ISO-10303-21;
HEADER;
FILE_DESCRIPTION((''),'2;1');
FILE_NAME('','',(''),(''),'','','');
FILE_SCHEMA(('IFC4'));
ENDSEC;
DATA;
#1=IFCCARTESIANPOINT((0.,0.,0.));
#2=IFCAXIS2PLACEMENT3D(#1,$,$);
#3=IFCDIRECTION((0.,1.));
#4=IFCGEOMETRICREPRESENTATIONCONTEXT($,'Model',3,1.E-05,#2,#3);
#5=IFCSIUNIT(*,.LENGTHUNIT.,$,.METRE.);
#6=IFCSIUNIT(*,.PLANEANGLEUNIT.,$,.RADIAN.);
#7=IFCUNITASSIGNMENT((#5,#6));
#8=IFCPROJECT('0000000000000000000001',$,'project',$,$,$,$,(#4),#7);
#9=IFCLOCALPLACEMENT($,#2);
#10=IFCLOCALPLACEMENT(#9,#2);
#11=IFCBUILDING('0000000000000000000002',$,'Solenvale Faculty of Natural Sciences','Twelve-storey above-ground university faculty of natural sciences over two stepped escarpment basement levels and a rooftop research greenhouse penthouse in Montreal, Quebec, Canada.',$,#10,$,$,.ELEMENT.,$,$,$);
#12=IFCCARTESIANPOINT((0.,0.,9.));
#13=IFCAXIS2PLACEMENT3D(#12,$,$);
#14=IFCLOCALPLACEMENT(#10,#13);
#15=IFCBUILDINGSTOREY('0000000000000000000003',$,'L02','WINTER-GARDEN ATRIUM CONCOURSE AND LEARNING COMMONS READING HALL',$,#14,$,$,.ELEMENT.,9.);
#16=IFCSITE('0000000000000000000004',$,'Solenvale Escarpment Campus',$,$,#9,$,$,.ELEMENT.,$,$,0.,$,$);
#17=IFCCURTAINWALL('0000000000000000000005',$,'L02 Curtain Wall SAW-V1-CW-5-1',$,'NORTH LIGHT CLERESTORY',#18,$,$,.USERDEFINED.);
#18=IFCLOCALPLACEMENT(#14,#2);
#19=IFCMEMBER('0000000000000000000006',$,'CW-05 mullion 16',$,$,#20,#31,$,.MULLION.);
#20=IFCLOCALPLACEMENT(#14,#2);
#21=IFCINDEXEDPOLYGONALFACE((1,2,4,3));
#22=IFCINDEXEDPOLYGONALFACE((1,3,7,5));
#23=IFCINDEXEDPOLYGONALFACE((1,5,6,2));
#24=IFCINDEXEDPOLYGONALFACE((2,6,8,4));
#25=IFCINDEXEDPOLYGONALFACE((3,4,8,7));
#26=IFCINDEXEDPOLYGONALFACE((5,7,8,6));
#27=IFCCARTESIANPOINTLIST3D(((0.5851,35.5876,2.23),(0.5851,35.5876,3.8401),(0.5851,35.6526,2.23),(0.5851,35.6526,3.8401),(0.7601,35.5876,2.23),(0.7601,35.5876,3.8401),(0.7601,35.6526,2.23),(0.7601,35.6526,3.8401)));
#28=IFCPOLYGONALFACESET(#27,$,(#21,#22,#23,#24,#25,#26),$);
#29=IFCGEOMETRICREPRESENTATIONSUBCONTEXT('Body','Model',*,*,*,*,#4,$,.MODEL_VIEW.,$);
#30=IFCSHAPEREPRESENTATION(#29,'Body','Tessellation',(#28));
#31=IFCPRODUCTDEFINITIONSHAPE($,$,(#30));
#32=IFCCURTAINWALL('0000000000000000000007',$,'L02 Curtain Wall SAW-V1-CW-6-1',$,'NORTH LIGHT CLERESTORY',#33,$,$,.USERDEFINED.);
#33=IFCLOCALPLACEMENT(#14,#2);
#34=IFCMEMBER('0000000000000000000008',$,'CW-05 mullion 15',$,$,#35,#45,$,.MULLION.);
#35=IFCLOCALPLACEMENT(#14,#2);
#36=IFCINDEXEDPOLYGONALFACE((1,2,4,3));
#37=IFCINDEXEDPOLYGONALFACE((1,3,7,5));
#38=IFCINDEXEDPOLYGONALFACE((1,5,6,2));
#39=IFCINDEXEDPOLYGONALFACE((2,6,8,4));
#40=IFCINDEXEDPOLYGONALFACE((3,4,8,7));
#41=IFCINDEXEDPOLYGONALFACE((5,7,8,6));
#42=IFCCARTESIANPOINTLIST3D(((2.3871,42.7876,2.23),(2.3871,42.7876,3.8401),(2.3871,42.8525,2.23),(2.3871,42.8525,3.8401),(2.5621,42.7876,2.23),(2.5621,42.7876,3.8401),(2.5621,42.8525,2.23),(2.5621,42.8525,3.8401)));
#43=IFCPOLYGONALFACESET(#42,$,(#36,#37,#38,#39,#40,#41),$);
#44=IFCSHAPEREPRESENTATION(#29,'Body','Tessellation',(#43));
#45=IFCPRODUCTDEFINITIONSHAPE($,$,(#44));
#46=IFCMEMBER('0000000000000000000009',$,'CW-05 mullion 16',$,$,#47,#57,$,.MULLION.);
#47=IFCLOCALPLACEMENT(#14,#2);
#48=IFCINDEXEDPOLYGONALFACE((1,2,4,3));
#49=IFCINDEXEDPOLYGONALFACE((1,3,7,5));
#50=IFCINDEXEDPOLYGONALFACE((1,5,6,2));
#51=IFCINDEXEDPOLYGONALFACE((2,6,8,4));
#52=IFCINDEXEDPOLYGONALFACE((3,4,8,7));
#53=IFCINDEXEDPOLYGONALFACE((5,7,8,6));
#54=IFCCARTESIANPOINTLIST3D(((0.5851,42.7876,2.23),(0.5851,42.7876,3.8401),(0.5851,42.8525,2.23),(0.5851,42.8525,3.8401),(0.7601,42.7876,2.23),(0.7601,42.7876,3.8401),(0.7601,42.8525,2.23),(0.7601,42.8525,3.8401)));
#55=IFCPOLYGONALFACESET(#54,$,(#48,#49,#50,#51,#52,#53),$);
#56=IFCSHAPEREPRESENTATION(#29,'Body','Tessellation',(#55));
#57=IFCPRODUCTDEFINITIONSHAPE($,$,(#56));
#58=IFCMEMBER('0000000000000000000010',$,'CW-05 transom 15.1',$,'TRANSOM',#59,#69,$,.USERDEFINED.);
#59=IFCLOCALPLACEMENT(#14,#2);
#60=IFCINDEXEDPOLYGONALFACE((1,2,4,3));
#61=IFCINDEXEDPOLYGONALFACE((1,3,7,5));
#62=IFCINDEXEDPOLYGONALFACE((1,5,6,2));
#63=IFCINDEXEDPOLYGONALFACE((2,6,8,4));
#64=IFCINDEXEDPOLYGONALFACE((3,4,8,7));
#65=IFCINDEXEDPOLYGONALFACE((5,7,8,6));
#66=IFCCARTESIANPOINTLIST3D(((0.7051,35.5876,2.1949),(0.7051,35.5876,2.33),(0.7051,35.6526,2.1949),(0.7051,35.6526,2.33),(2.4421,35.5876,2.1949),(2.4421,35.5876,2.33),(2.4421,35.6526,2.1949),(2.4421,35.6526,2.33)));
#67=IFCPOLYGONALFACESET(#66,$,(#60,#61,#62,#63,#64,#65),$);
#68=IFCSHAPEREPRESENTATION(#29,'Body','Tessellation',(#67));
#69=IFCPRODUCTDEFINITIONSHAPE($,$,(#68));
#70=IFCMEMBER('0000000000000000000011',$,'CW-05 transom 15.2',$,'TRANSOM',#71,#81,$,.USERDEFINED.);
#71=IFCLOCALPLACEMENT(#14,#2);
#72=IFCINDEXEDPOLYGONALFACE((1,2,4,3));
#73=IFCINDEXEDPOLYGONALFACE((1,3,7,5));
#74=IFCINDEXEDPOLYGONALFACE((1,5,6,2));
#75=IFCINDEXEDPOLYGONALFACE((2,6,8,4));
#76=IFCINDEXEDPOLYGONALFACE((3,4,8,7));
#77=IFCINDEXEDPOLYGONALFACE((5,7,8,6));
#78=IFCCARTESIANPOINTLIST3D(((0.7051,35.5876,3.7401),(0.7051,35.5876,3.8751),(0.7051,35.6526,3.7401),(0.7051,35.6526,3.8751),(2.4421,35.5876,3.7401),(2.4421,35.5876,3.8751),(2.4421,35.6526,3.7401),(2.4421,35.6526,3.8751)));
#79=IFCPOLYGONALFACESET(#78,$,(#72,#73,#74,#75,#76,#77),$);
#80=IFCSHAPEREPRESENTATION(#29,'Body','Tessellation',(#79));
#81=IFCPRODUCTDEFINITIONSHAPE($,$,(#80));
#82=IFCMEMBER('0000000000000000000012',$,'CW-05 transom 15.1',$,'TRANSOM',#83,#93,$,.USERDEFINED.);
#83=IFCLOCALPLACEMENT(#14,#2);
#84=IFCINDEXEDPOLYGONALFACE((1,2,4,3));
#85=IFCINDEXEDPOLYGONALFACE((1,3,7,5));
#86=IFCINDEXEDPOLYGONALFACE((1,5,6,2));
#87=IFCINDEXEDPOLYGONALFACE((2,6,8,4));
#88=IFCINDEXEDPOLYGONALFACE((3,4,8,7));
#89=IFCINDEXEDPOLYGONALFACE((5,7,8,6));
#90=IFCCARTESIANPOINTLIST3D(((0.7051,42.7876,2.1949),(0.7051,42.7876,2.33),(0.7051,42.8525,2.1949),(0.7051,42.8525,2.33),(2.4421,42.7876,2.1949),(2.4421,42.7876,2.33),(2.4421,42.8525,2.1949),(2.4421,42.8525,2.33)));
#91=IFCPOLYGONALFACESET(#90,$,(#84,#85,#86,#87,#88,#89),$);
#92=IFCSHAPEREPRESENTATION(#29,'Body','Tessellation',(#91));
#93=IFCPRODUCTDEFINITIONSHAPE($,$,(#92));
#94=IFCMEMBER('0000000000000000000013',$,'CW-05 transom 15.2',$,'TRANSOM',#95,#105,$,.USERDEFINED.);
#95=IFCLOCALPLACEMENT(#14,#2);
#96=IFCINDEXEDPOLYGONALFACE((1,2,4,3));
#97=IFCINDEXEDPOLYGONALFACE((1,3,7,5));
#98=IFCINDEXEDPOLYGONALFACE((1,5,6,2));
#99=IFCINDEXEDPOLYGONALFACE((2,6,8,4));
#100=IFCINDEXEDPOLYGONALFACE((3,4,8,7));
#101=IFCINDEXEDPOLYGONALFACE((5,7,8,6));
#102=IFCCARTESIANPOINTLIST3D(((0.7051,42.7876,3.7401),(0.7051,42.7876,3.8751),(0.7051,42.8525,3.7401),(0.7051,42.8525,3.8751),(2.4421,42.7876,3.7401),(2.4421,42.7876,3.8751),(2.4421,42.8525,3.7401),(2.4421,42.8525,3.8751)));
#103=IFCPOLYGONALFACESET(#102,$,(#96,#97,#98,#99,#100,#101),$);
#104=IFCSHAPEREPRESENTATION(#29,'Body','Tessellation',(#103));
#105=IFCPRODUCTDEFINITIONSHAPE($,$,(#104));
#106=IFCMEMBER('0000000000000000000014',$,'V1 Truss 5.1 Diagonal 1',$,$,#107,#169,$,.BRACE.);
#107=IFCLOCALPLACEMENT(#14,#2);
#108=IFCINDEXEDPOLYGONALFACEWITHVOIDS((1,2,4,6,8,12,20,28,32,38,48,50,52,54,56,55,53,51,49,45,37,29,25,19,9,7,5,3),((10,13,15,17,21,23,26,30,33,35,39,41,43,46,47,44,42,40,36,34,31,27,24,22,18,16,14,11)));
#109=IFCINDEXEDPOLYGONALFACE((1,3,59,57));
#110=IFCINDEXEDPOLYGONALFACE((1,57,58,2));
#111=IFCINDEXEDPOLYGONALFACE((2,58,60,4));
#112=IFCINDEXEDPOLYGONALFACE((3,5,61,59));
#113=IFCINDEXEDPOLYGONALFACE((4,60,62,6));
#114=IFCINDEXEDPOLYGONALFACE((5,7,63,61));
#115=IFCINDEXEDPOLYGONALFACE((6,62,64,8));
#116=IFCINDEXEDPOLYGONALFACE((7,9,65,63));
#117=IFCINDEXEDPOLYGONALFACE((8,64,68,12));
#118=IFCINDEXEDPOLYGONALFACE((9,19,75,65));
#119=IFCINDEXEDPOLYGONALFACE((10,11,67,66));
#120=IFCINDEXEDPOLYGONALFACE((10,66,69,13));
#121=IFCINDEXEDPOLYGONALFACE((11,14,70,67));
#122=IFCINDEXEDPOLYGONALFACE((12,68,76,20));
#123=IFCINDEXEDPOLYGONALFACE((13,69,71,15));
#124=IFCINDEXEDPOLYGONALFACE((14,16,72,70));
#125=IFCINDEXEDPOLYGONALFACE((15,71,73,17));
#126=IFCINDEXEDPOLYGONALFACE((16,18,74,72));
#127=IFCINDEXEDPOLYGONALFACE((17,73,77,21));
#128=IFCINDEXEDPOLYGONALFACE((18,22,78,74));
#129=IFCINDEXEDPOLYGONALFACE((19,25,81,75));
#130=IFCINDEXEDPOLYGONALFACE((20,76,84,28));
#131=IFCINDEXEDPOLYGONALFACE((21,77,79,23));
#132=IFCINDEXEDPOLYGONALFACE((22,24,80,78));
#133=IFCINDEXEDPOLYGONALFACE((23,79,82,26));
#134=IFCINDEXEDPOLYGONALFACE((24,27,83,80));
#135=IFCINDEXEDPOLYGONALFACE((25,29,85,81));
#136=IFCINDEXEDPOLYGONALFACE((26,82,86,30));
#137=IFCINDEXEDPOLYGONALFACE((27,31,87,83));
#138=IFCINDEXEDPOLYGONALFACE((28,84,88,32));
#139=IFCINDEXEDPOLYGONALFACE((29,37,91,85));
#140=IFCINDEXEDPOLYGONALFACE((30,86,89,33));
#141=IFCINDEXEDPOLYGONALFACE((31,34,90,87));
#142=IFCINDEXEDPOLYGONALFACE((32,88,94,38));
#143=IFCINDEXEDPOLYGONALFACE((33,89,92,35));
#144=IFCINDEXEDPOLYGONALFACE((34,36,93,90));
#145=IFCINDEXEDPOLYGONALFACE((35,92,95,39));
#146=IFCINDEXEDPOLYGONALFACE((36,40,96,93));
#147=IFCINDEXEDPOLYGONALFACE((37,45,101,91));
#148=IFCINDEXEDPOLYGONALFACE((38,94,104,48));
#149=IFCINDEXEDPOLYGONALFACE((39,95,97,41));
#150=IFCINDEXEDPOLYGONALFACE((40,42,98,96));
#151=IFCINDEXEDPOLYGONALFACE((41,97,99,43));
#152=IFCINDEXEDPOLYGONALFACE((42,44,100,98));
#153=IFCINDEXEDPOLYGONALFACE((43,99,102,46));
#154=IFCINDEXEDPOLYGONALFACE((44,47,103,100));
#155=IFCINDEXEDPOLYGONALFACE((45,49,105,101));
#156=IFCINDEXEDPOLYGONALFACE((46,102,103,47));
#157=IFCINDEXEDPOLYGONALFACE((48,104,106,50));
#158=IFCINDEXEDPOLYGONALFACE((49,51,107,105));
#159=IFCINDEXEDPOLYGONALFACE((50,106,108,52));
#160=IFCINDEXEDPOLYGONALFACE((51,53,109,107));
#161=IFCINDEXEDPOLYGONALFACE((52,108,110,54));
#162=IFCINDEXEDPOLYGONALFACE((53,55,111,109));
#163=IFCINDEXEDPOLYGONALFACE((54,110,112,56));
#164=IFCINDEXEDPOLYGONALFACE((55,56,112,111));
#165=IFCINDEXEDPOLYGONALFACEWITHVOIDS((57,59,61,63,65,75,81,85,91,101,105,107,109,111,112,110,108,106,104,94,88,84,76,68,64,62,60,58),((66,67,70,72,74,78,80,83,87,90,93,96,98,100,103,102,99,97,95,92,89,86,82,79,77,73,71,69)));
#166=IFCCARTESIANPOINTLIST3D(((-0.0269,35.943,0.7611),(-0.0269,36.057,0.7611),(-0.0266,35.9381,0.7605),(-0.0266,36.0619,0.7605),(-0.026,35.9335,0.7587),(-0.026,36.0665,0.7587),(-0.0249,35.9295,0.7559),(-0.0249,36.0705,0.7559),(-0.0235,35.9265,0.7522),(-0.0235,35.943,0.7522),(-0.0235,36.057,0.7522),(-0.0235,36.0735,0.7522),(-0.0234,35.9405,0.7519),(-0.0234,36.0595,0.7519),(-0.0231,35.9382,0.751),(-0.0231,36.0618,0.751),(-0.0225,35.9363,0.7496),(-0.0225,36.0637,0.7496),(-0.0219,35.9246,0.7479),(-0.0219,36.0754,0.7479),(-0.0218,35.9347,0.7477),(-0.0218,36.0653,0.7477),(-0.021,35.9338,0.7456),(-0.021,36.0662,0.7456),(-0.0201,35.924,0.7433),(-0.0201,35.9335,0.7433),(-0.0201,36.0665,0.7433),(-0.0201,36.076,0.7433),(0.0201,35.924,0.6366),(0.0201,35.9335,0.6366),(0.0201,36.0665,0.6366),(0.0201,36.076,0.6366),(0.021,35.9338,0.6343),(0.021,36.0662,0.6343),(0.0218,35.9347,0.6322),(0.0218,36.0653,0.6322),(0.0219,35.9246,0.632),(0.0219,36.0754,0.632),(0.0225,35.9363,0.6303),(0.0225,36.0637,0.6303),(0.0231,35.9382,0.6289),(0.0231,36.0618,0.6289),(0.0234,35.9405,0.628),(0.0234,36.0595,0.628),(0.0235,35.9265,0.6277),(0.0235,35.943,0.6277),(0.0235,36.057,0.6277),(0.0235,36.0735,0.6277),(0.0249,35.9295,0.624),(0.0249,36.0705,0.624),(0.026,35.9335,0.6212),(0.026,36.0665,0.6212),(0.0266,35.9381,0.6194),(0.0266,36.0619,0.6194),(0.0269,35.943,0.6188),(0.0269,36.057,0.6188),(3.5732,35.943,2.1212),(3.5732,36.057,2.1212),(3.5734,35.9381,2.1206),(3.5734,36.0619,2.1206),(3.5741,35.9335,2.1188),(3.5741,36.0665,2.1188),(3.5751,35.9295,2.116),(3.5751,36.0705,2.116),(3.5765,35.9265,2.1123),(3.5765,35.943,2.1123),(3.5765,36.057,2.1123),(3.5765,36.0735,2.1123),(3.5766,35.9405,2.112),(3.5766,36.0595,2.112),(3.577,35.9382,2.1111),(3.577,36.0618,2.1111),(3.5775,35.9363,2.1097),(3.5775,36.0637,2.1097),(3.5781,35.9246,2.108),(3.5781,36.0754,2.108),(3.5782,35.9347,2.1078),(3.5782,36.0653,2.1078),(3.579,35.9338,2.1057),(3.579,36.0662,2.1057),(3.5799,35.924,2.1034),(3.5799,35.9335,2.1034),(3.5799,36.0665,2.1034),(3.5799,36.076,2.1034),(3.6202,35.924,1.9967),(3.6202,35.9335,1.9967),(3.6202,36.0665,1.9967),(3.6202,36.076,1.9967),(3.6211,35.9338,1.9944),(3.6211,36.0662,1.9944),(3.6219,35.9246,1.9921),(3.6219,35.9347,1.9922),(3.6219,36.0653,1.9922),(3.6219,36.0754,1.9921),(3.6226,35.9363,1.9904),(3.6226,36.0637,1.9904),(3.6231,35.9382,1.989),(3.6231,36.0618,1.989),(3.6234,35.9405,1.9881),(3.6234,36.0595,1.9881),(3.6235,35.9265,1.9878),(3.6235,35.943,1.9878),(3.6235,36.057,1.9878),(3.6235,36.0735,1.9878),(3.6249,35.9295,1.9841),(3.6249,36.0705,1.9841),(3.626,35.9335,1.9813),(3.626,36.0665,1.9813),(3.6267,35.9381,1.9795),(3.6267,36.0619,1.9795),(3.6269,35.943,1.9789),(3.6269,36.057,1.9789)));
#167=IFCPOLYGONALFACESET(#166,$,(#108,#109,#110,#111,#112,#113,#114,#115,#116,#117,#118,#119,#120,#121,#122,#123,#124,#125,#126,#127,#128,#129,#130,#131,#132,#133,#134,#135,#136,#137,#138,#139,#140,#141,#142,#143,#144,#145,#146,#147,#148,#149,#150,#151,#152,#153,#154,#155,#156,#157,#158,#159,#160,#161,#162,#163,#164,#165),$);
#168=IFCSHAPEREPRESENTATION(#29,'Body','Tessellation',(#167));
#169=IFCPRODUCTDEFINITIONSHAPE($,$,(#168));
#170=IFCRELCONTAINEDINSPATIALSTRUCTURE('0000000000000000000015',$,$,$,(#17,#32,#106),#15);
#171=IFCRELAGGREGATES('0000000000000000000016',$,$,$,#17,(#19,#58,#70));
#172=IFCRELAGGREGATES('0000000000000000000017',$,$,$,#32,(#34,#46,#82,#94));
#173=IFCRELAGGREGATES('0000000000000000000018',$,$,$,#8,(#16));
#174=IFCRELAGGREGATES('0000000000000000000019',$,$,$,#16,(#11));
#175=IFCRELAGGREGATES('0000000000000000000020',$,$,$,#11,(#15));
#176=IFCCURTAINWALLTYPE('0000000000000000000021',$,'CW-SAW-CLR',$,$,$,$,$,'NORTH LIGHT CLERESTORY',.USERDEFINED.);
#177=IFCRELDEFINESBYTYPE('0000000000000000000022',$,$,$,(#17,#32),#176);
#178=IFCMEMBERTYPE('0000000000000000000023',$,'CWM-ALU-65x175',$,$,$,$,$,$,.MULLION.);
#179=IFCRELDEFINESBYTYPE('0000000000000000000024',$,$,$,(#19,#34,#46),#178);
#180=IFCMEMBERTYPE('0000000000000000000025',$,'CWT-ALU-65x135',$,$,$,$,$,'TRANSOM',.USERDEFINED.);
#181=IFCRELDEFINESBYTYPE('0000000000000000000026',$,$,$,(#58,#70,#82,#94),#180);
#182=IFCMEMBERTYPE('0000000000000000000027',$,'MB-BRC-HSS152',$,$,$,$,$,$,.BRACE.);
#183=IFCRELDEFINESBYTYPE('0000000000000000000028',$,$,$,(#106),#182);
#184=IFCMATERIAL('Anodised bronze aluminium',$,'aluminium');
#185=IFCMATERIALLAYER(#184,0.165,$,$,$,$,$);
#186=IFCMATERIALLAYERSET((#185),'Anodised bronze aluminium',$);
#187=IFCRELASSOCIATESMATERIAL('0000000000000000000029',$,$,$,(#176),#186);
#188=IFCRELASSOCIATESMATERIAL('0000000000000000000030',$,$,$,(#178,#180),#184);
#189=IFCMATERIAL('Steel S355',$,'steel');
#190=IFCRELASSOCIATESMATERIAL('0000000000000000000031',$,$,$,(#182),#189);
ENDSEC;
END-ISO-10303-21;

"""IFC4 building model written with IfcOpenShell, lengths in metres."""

from ifc_helpers import new_model, si_unit, direction, frame, origin, origin_2d, place, context, subcontext, project, spatial, rectangle, hollow_rectangle, extrude, material, layer, layer_set, material_profile, profile_set, type_object, element, aggregate, save


model = new_model("IFC4")

# Units and contexts
model_context = context("Model", 3, precision=1e-05, world=origin(), true_north=direction((0.0, 1.0)))
body_context = subcontext(model_context, "Body", "Model", "MODEL_VIEW")
ifc_project = project(units=[si_unit("LENGTHUNIT", "METRE"), si_unit("PLANEANGLEUNIT", "RADIAN")], contexts=[model_context])

# Site, building, storey
site_placement = place(None, origin())
site = spatial("IfcSite", under=ifc_project, at=site_placement, Name="Solenvale Escarpment Campus", CompositionType="ELEMENT", RefElevation=0.0)
building_placement = place(site_placement, origin())
building = spatial("IfcBuilding", under=site, at=building_placement, Name="Solenvale Faculty of Natural Sciences", Description="Twelve-storey above-ground university faculty of natural sciences over two stepped escarpment basement levels and a rooftop research greenhouse penthouse in Montreal, Quebec, Canada.", CompositionType="ELEMENT")
storey_placement = place(building_placement, frame((0.0, 0.0, 9.0)))
storey = spatial("IfcBuildingStorey", under=building, at=storey_placement, Name="L02", Description="WINTER-GARDEN ATRIUM CONCOURSE AND LEARNING COMMONS READING HALL", CompositionType="ELEMENT", Elevation=9.0)

# Shared definitions
ifc_material_1 = material(Name="Steel S355", Category="steel")

# Curtain walls, members
ifc_material_2 = material(Name="Anodised bronze aluminium", Category="aluminium")
ifc_layer_1 = layer(ifc_material_2, 0.165)
ifc_layer_set_1 = layer_set([ifc_layer_1], Name="Anodised bronze aluminium")
curtain_wall_type = type_object("IfcCurtainWallType", Name="CW-SAW-CLR", ElementType="NORTH LIGHT CLERESTORY", PredefinedType="USERDEFINED", material=ifc_layer_set_1)
curtain_wall_1_placement = place(storey_placement, origin())
curtain_wall_1 = element("IfcCurtainWall", 1, at=curtain_wall_1_placement, inside=storey, type_object=curtain_wall_type, Name="L02 Curtain Wall SAW-V1-CW-5-1", ObjectType="NORTH LIGHT CLERESTORY", PredefinedType="USERDEFINED")
ifc_material_profile_1 = material_profile(ifc_material_2, rectangle(XDim=0.0649, YDim=0.175, at=origin_2d()), Name="ALU-MUL-65x175")
ifc_profile_set_1 = profile_set([ifc_material_profile_1], Name="Anodised bronze aluminium")
member_type_1 = type_object("IfcMemberType", Name="CWM-ALU-65x175", PredefinedType="MULLION", material=ifc_profile_set_1)
member_1_placement = place(storey_placement, frame((0.6726, 35.6201, 2.23), z_axis=(0.0, 0.0, 1.0), x_axis=(0.0, -1.0, 0.0)))
member_1 = element("IfcMember", 2, at=member_1_placement, type_object=member_type_1, Name="CW-05 mullion 16", PredefinedType="MULLION", context=body_context, shape_type="SweptSolid", body=[
    extrude(rectangle(XDim=0.0649, YDim=0.175, at=origin_2d()), origin(), (0.0, 0.0, 1.0), 1.6101),
])
curtain_wall_2_placement = place(storey_placement, origin())
curtain_wall_2 = element("IfcCurtainWall", 3, at=curtain_wall_2_placement, inside=storey, type_object=curtain_wall_type, Name="L02 Curtain Wall SAW-V1-CW-6-1", ObjectType="NORTH LIGHT CLERESTORY", PredefinedType="USERDEFINED")
member_2_placement = place(storey_placement, frame((2.4746, 42.8201, 2.23), z_axis=(0.0, 0.0, 1.0), x_axis=(0.0, -1.0, 0.0)))
member_2 = element("IfcMember", 4, at=member_2_placement, type_object=member_type_1, Name="CW-05 mullion 15", PredefinedType="MULLION", context=body_context, shape_type="SweptSolid", body=[
    extrude(rectangle(XDim=0.0649, YDim=0.175, at=origin_2d()), origin(), (0.0, 0.0, 1.0), 1.6101),
])
member_3_placement = place(storey_placement, frame((0.6726, 42.8201, 2.23), z_axis=(0.0, 0.0, 1.0), x_axis=(0.0, -1.0, 0.0)))
member_3 = element("IfcMember", 5, at=member_3_placement, type_object=member_type_1, Name="CW-05 mullion 16", PredefinedType="MULLION", context=body_context, shape_type="SweptSolid", body=[
    extrude(rectangle(XDim=0.0649, YDim=0.175, at=origin_2d()), origin(), (0.0, 0.0, 1.0), 1.6101),
])

# Members
ifc_material_profile_2 = material_profile(ifc_material_2, rectangle(XDim=0.0649, YDim=0.135, at=origin_2d()), Name="ALU-TRN-65x135")
ifc_profile_set_2 = profile_set([ifc_material_profile_2], Name="Anodised bronze aluminium")
member_type_2 = type_object("IfcMemberType", Name="CWT-ALU-65x135", ElementType="TRANSOM", PredefinedType="USERDEFINED", material=ifc_profile_set_2)
member_4_placement = place(storey_placement, frame((2.4421, 35.6201, 2.2625), z_axis=(-1.0, 0.0, 0.0), x_axis=(0.0, -1.0, 0.0)))
member_4 = element("IfcMember", 6, at=member_4_placement, type_object=member_type_2, Name="CW-05 transom 15.1", ObjectType="TRANSOM", PredefinedType="USERDEFINED", context=body_context, shape_type="SweptSolid", body=[
    extrude(rectangle(XDim=0.0649, YDim=0.135, at=origin_2d()), origin(), (0.0, 0.0, 1.0), 1.7371),
])
member_5_placement = place(storey_placement, frame((2.4421, 35.6201, 3.8076), z_axis=(-1.0, 0.0, 0.0), x_axis=(0.0, -1.0, 0.0)))
member_5 = element("IfcMember", 7, at=member_5_placement, type_object=member_type_2, Name="CW-05 transom 15.2", ObjectType="TRANSOM", PredefinedType="USERDEFINED", context=body_context, shape_type="SweptSolid", body=[
    extrude(rectangle(XDim=0.0649, YDim=0.135, at=origin_2d()), origin(), (0.0, 0.0, 1.0), 1.7371),
])
member_6_placement = place(storey_placement, frame((2.4421, 42.8201, 2.2625), z_axis=(-1.0, 0.0, 0.0), x_axis=(0.0, -1.0, 0.0)))
member_6 = element("IfcMember", 8, at=member_6_placement, type_object=member_type_2, Name="CW-05 transom 15.1", ObjectType="TRANSOM", PredefinedType="USERDEFINED", context=body_context, shape_type="SweptSolid", body=[
    extrude(rectangle(XDim=0.0649, YDim=0.135, at=origin_2d()), origin(), (0.0, 0.0, 1.0), 1.7371),
])
member_7_placement = place(storey_placement, frame((2.4421, 42.8201, 3.8076), z_axis=(-1.0, 0.0, 0.0), x_axis=(0.0, -1.0, 0.0)))
member_7 = element("IfcMember", 9, at=member_7_placement, type_object=member_type_2, Name="CW-05 transom 15.2", ObjectType="TRANSOM", PredefinedType="USERDEFINED", context=body_context, shape_type="SweptSolid", body=[
    extrude(rectangle(XDim=0.0649, YDim=0.135, at=origin_2d()), origin(), (0.0, 0.0, 1.0), 1.7371),
])

# Member
ifc_material_profile_3 = material_profile(ifc_material_1, hollow_rectangle(XDim=0.1521, YDim=0.1521, WallThickness=0.0095, InnerFilletRadius=0.0095, OuterFilletRadius=0.019, at=origin_2d()), Name="HSS152x152x9.5")
ifc_profile_set_3 = profile_set([ifc_material_profile_3], Name="Steel S355")
member_type_3 = type_object("IfcMemberType", Name="MB-BRC-HSS152", PredefinedType="BRACE", material=ifc_profile_set_3)
member_8_placement = place(storey_placement, frame((0.0, 36.0, 0.6899), z_axis=(0.935466, 0.0, 0.353417), x_axis=(0.0, 1.0, 0.0)))
element("IfcMember", 10, at=member_8_placement, inside=storey, type_object=member_type_3, Name="V1 Truss 5.1 Diagonal 1", PredefinedType="BRACE", context=body_context, shape_type="SweptSolid", body=[
    extrude(hollow_rectangle(XDim=0.1521, YDim=0.1521, WallThickness=0.0095, InnerFilletRadius=0.0095, OuterFilletRadius=0.019, at=origin_2d()), origin(), (0.0, 0.0, 1.0), 3.8484),
])

aggregate(curtain_wall_1, [member_1, member_4, member_5])
aggregate(curtain_wall_2, [member_2, member_3, member_6, member_7])

save(model, "model.ifc")
